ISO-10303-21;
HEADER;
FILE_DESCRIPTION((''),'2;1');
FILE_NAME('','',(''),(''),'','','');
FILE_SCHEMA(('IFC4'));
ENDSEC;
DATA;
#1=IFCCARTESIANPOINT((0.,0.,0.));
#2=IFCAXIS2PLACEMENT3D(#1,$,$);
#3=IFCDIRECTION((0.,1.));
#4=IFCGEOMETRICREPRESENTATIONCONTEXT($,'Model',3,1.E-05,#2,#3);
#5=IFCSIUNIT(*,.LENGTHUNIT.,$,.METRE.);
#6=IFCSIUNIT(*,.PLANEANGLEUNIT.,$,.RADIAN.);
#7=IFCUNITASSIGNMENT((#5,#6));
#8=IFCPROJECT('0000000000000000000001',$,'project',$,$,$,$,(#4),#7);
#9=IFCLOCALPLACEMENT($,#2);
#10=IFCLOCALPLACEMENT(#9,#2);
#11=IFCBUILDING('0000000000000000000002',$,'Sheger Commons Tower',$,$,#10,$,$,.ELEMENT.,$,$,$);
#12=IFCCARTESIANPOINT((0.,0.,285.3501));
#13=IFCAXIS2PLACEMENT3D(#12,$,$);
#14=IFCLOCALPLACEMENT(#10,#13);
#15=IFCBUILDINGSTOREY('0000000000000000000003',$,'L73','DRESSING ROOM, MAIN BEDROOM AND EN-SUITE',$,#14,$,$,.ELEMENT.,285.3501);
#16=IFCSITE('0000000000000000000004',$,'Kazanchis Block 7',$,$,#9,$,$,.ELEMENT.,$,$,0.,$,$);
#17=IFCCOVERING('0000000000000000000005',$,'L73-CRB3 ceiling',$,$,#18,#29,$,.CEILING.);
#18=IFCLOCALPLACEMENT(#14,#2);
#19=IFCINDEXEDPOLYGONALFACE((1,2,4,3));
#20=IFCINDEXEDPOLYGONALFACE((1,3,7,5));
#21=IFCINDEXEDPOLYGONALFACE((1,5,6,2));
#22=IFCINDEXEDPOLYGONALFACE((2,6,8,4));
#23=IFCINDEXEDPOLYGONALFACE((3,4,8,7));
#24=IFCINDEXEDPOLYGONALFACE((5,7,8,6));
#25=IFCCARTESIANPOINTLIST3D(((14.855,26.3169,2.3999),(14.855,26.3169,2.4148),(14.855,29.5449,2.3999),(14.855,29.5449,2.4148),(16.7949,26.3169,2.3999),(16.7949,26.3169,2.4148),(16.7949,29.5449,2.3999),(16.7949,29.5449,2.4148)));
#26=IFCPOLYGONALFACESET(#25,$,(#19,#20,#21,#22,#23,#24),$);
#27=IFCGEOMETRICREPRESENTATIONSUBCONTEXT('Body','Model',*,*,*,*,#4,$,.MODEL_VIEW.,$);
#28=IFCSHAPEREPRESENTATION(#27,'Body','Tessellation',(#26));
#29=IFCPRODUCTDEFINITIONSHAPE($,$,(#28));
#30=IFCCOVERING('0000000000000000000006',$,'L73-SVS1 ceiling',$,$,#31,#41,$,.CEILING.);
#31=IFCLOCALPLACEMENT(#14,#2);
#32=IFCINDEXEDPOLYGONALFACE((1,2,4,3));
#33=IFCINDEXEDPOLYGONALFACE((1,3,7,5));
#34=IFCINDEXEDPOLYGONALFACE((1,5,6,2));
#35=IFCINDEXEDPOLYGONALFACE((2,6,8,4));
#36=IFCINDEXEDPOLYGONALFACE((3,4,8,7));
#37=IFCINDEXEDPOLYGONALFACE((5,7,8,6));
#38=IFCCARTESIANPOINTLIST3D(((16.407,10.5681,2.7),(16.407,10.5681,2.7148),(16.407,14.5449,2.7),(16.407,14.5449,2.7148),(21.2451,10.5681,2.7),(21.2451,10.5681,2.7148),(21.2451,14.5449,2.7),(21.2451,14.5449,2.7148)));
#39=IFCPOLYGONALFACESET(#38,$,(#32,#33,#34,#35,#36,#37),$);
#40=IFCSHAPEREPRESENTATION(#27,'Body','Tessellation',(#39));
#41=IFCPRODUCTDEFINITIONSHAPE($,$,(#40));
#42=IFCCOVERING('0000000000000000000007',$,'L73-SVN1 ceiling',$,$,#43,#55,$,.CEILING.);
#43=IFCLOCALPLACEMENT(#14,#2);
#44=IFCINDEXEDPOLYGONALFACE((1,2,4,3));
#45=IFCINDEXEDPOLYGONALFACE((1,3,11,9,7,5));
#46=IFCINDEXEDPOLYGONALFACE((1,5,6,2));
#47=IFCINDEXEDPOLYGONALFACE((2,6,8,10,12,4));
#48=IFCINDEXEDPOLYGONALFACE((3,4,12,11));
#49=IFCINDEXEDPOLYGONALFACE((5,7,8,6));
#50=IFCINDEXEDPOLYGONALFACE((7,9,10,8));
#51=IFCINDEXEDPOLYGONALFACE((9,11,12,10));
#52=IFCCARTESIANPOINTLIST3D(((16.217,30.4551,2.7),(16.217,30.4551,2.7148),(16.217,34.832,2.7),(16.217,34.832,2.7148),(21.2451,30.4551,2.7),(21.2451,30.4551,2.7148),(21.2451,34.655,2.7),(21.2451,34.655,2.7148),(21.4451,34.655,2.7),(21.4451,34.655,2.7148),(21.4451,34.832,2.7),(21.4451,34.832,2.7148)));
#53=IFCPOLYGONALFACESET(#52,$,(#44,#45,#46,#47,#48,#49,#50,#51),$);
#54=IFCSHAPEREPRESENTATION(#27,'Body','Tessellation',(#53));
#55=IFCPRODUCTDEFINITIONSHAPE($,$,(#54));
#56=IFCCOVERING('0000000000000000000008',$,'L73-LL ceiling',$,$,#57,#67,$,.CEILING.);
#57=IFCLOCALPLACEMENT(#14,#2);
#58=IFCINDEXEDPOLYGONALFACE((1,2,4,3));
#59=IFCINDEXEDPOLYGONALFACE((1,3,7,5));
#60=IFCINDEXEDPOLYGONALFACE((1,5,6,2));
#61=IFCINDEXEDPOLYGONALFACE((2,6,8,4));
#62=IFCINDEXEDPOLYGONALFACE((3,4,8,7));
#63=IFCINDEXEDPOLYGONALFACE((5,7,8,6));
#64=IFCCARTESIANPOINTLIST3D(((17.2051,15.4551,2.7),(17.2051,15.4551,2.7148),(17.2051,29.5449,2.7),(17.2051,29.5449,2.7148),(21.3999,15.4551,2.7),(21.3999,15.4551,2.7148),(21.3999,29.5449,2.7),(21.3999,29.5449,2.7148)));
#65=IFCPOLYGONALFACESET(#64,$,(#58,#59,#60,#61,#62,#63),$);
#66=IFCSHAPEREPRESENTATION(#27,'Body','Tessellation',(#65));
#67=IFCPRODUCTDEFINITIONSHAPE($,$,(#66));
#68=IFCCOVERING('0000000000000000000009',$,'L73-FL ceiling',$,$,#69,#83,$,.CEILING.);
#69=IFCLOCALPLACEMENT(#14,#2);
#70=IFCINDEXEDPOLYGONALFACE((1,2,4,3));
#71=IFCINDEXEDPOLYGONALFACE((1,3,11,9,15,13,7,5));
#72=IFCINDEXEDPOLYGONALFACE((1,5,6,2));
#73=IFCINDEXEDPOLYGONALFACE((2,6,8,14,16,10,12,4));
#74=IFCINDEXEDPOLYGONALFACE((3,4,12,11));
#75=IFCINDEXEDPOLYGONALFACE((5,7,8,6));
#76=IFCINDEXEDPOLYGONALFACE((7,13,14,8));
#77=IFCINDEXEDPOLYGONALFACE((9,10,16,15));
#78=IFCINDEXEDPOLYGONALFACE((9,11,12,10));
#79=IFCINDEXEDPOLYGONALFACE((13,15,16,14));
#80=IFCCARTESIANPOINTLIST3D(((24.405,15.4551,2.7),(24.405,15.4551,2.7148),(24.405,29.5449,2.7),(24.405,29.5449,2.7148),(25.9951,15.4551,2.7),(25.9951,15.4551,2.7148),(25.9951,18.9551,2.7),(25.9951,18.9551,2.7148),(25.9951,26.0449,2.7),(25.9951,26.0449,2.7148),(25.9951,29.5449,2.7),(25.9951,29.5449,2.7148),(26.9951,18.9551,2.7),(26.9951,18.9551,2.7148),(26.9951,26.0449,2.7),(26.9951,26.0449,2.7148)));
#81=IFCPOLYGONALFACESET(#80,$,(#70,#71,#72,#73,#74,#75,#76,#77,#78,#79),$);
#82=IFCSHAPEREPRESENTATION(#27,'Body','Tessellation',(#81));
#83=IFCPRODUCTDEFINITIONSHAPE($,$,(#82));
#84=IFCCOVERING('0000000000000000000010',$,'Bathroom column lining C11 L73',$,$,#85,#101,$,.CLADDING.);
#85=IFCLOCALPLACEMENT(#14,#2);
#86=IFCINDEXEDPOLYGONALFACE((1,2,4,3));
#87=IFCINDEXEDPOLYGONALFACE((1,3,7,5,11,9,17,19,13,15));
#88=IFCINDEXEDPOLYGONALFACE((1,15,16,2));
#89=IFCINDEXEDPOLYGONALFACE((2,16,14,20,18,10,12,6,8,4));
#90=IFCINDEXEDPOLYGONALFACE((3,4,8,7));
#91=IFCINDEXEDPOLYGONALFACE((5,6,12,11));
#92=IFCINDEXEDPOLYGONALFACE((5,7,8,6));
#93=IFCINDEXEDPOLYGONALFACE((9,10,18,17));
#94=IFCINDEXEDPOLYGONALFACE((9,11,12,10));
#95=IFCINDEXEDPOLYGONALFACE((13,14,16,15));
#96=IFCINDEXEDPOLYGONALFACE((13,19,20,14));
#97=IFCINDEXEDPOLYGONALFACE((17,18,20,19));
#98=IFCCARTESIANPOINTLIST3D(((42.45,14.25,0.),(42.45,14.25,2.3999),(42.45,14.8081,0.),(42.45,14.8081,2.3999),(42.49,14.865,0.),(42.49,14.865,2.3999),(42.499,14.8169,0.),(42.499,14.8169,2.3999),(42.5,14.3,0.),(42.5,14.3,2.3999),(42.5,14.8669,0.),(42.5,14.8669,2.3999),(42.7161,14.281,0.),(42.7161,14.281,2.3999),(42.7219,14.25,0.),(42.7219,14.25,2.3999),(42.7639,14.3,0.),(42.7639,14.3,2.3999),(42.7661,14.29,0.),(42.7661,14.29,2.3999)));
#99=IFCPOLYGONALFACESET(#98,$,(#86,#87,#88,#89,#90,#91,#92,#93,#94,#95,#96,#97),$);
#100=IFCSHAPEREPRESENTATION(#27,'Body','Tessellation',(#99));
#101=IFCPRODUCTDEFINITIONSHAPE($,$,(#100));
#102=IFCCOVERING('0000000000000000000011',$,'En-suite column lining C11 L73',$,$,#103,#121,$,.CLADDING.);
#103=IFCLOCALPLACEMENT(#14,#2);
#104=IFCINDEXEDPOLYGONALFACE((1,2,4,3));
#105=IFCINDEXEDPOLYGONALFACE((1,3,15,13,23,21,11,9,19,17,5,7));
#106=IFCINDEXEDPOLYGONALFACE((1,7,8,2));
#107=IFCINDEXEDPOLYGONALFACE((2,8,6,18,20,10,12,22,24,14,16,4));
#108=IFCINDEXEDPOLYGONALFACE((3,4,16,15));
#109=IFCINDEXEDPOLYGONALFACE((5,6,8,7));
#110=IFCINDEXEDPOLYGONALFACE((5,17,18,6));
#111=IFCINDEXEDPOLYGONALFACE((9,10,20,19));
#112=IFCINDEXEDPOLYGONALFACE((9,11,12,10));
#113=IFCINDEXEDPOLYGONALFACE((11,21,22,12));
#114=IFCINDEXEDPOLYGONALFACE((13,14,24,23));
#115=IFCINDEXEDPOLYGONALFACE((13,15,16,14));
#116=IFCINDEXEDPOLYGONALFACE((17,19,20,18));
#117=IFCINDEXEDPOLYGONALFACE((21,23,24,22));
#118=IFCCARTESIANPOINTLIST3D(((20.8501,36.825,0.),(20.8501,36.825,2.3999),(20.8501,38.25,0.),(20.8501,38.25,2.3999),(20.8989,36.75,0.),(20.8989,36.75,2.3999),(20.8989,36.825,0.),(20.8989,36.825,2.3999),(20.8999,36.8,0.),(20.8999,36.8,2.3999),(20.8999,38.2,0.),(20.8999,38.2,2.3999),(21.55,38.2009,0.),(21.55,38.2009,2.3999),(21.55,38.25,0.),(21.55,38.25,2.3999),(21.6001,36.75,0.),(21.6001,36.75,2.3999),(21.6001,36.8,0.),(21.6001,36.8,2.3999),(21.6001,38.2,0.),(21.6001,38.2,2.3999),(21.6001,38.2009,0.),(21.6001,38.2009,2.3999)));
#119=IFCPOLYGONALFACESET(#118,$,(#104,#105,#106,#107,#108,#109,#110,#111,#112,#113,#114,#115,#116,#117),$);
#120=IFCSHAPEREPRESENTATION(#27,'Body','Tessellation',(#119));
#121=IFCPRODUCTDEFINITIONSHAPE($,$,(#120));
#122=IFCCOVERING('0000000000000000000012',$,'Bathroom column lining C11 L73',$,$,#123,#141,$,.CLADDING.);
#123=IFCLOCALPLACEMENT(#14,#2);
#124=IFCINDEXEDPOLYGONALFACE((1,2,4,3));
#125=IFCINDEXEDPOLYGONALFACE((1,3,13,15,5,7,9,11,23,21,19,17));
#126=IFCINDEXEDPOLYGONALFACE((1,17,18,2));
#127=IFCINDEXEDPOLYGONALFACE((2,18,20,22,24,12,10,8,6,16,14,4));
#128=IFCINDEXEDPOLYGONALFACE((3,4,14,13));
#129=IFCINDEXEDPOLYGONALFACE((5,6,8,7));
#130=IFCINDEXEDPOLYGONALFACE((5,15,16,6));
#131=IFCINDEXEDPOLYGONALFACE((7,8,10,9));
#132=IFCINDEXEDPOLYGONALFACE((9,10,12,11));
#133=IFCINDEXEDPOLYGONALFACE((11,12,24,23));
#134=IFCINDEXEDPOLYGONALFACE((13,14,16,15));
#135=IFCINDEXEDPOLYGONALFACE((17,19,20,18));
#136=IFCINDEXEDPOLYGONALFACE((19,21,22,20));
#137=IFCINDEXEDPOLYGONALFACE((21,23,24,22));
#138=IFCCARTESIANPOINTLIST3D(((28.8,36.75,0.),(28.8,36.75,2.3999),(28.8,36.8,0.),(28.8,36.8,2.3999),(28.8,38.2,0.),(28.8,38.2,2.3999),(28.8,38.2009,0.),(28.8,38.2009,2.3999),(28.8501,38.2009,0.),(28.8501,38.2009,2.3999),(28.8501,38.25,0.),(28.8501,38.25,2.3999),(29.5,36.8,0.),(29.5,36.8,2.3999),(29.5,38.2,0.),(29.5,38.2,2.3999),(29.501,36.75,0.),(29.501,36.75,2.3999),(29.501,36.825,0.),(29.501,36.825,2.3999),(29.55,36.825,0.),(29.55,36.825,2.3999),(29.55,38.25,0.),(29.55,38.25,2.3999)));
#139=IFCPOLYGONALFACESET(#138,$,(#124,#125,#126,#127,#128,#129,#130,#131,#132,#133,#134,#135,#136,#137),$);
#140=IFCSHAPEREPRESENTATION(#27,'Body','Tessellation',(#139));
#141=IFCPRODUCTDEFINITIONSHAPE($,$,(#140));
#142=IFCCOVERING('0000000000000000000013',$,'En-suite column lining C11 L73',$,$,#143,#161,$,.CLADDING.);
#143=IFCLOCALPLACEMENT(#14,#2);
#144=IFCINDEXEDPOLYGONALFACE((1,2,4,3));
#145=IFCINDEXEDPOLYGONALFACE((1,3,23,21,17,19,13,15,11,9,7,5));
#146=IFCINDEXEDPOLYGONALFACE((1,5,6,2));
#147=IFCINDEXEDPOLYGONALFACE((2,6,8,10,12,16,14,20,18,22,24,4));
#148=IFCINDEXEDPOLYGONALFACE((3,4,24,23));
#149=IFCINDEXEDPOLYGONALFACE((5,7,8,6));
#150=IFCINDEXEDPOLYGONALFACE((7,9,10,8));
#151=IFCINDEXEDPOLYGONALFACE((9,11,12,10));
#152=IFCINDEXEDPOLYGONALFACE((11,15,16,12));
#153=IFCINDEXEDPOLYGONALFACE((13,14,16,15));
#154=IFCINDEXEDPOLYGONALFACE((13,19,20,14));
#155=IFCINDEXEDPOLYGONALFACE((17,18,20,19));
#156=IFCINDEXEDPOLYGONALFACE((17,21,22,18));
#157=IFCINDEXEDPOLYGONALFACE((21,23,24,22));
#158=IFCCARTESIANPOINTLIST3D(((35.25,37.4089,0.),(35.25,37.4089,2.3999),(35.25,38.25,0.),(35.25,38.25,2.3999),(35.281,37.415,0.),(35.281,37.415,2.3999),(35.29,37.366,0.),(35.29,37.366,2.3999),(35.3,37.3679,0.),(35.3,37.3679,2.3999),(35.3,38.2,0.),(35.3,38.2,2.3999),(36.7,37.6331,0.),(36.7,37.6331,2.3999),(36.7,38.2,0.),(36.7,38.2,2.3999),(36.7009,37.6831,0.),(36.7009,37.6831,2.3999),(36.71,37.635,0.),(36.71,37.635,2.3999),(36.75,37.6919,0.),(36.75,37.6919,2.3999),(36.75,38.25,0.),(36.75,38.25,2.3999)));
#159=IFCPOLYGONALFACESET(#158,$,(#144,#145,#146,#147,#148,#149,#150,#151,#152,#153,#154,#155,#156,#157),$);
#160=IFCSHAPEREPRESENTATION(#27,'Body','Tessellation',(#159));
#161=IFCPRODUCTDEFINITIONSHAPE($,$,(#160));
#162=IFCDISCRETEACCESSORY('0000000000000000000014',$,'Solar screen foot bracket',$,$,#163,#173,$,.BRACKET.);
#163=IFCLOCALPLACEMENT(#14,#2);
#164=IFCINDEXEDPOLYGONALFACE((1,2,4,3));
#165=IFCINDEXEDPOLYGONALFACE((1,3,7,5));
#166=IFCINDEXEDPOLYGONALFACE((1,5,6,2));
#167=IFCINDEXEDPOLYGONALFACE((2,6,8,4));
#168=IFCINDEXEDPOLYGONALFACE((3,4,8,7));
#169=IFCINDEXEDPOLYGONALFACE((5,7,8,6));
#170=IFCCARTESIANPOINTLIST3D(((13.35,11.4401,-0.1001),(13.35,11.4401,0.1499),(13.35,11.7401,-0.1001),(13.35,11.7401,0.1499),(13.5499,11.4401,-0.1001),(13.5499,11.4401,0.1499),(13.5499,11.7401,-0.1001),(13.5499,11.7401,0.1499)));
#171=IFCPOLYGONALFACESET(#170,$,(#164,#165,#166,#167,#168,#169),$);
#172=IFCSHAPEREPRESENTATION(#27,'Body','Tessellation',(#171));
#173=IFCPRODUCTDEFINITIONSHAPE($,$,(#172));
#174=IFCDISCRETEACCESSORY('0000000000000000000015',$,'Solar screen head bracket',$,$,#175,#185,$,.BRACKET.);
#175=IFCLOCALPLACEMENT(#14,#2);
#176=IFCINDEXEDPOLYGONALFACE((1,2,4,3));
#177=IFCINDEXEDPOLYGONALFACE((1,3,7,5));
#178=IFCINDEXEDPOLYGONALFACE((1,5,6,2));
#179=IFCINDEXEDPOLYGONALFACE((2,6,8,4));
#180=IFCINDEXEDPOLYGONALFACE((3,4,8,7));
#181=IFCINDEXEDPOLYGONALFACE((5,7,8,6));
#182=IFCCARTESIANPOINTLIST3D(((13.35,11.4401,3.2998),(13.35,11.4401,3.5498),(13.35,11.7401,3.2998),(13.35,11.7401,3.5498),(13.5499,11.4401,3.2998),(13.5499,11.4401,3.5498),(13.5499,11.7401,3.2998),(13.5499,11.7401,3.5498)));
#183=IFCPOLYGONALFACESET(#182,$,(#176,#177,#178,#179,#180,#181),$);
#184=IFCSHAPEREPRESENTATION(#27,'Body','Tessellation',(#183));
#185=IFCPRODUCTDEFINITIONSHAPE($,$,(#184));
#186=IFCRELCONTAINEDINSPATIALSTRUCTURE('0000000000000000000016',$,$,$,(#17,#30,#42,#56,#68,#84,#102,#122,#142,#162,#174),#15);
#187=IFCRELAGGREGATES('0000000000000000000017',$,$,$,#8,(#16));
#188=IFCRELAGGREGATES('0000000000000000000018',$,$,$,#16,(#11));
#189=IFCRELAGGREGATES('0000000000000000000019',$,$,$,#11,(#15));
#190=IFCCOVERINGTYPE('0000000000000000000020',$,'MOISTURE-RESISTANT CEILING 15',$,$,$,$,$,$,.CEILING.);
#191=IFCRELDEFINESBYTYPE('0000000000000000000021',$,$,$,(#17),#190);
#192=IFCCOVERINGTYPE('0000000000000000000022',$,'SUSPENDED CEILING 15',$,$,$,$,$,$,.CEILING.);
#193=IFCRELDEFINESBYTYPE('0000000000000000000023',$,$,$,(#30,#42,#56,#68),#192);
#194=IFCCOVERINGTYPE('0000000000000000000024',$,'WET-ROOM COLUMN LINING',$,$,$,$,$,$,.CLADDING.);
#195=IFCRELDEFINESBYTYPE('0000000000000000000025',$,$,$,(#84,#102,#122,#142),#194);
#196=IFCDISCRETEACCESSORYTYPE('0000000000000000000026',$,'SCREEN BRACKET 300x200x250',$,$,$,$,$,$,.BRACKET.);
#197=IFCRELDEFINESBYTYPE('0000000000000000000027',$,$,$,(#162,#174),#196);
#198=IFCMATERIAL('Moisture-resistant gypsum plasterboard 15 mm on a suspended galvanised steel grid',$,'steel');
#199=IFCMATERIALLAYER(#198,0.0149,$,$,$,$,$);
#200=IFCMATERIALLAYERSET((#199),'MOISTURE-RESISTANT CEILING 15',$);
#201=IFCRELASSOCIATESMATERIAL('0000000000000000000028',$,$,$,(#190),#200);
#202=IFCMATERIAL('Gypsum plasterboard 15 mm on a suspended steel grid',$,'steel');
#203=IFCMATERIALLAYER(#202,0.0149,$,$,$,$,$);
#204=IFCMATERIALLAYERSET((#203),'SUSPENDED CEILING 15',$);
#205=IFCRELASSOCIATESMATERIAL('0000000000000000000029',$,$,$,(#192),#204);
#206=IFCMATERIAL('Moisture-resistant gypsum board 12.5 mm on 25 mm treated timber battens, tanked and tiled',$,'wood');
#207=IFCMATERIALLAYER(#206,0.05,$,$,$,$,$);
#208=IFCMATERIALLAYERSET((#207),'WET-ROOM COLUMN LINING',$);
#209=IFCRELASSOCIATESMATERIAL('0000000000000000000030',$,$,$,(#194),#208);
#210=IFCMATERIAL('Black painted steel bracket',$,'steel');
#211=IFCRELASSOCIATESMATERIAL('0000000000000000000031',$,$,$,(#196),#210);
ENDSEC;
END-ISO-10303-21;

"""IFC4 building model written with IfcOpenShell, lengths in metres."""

from ifc_helpers import new_model, si_unit, direction, frame, origin, origin_2d, place, context, subcontext, project, spatial, polyline, rectangle, outline, extrude, material, layer, layer_set, type_object, element, save


model = new_model("IFC4")

# Units and contexts
model_context = context("Model", 3, precision=1e-05, world=origin(), true_north=direction((0.0, 1.0)))
body_context = subcontext(model_context, "Body", "Model", "MODEL_VIEW")
ifc_project = project(units=[si_unit("LENGTHUNIT", "METRE"), si_unit("PLANEANGLEUNIT", "RADIAN")], contexts=[model_context])

# Site, building, storey
site_placement = place(None, origin())
site = spatial("IfcSite", under=ifc_project, at=site_placement, Name="Kazanchis Block 7", CompositionType="ELEMENT", RefElevation=0.0)
building_placement = place(site_placement, origin())
building = spatial("IfcBuilding", under=site, at=building_placement, Name="Sheger Commons Tower", CompositionType="ELEMENT")
storey_placement = place(building_placement, frame((0.0, 0.0, 285.3501)))
storey = spatial("IfcBuildingStorey", under=building, at=storey_placement, Name="L73", Description="DRESSING ROOM, MAIN BEDROOM AND EN-SUITE", CompositionType="ELEMENT", Elevation=285.3501)

# Coverings
ifc_material_1 = material(Name="Moisture-resistant gypsum plasterboard 15 mm on a suspended galvanised steel grid", Category="steel")
ifc_layer_1 = layer(ifc_material_1, 0.0149)
ifc_layer_set_1 = layer_set([ifc_layer_1], Name="MOISTURE-RESISTANT CEILING 15")
covering_type_1 = type_object("IfcCoveringType", Name="MOISTURE-RESISTANT CEILING 15", PredefinedType="CEILING", material=ifc_layer_set_1)
covering_1_placement = place(storey_placement, frame((0.0, 0.0, 2.3999)))
element("IfcCovering", 1, at=covering_1_placement, inside=storey, type_object=covering_type_1, Name="L73-CRB3 ceiling", PredefinedType="CEILING", context=body_context, shape_type="SweptSolid", body=[
    extrude(outline(polyline([(14.855, 26.3169), (16.7949, 26.3169), (16.7949, 29.5449), (14.855, 29.5449), (14.855, 26.3169)])), origin(), (0.0, 0.0, 1.0), 0.0149),
])
ifc_material_2 = material(Name="Gypsum plasterboard 15 mm on a suspended steel grid", Category="steel")
ifc_layer_2 = layer(ifc_material_2, 0.0149)
ifc_layer_set_2 = layer_set([ifc_layer_2], Name="SUSPENDED CEILING 15")
covering_type_2 = type_object("IfcCoveringType", Name="SUSPENDED CEILING 15", PredefinedType="CEILING", material=ifc_layer_set_2)
covering_2_placement = place(storey_placement, frame((0.0, 0.0, 2.7)))
element("IfcCovering", 2, at=covering_2_placement, inside=storey, type_object=covering_type_2, Name="L73-SVS1 ceiling", PredefinedType="CEILING", context=body_context, shape_type="SweptSolid", body=[
    extrude(outline(polyline([(16.407, 10.5681), (21.2451, 10.5681), (21.2451, 14.5449), (16.407, 14.5449), (16.407, 10.5681)])), origin(), (0.0, 0.0, 1.0), 0.0149),
])
covering_3_placement = place(storey_placement, frame((0.0, 0.0, 2.7)))
element("IfcCovering", 3, at=covering_3_placement, inside=storey, type_object=covering_type_2, Name="L73-SVN1 ceiling", PredefinedType="CEILING", context=body_context, shape_type="SweptSolid", body=[
    extrude(outline(polyline([(16.217, 30.4551), (21.2451, 30.4551), (21.2451, 34.655), (21.4451, 34.655), (21.4451, 34.832), (16.217, 34.832), (16.217, 30.4551)])), origin(), (0.0, 0.0, 1.0), 0.0149),
])
covering_4_placement = place(storey_placement, frame((0.0, 0.0, 2.7)))
element("IfcCovering", 4, at=covering_4_placement, inside=storey, type_object=covering_type_2, Name="L73-LL ceiling", PredefinedType="CEILING", context=body_context, shape_type="SweptSolid", body=[
    extrude(outline(polyline([(17.2051, 15.4551), (21.3999, 15.4551), (21.3999, 29.5449), (17.2051, 29.5449), (17.2051, 15.4551)])), origin(), (0.0, 0.0, 1.0), 0.0149),
])
covering_5_placement = place(storey_placement, frame((0.0, 0.0, 2.7)))
element("IfcCovering", 5, at=covering_5_placement, inside=storey, type_object=covering_type_2, Name="L73-FL ceiling", PredefinedType="CEILING", context=body_context, shape_type="SweptSolid", body=[
    extrude(outline(polyline([(24.405, 15.4551), (25.9951, 15.4551), (25.9951, 18.9551), (26.9951, 18.9551), (26.9951, 26.0449), (25.9951, 26.0449), (25.9951, 29.5449), (24.405, 29.5449), (24.405, 15.4551)])), origin(), (0.0, 0.0, 1.0), 0.0149),
])
ifc_material_3 = material(Name="Moisture-resistant gypsum board 12.5 mm on 25 mm treated timber battens, tanked and tiled", Category="wood")
ifc_layer_3 = layer(ifc_material_3, 0.05)
ifc_layer_set_3 = layer_set([ifc_layer_3], Name="WET-ROOM COLUMN LINING")
covering_type_3 = type_object("IfcCoveringType", Name="WET-ROOM COLUMN LINING", PredefinedType="CLADDING", material=ifc_layer_set_3)
covering_6_placement = place(storey_placement, origin())
element("IfcCovering", 6, at=covering_6_placement, inside=storey, type_object=covering_type_3, Name="Bathroom column lining C11 L73", PredefinedType="CLADDING", context=body_context, shape_type="SweptSolid", body=[
    extrude(outline(polyline([(42.5, 14.8669), (42.5, 14.3), (42.7639, 14.3), (42.7661, 14.29), (42.7161, 14.281), (42.7219, 14.25), (42.45, 14.25), (42.45, 14.8081), (42.499, 14.8169), (42.49, 14.865), (42.5, 14.8669)])), origin(), (0.0, 0.0, 1.0), 2.3999),
])
covering_7_placement = place(storey_placement, origin())
element("IfcCovering", 7, at=covering_7_placement, inside=storey, type_object=covering_type_3, Name="En-suite column lining C11 L73", PredefinedType="CLADDING", context=body_context, shape_type="SweptSolid", body=[
    extrude(outline(polyline([(21.55, 38.25), (21.55, 38.2009), (21.6001, 38.2009), (21.6001, 38.2), (20.8999, 38.2), (20.8999, 36.8), (21.6001, 36.8), (21.6001, 36.75), (20.8989, 36.75), (20.8989, 36.825), (20.8501, 36.825), (20.8501, 38.25), (21.55, 38.25)])), origin(), (0.0, 0.0, 1.0), 2.3999),
])
covering_8_placement = place(storey_placement, origin())
element("IfcCovering", 8, at=covering_8_placement, inside=storey, type_object=covering_type_3, Name="Bathroom column lining C11 L73", PredefinedType="CLADDING", context=body_context, shape_type="SweptSolid", body=[
    extrude(outline(polyline([(29.55, 36.825), (29.501, 36.825), (29.501, 36.75), (28.8, 36.75), (28.8, 36.8), (29.5, 36.8), (29.5, 38.2), (28.8, 38.2), (28.8, 38.2009), (28.8501, 38.2009), (28.8501, 38.25), (29.55, 38.25), (29.55, 36.825)])), origin(), (0.0, 0.0, 1.0), 2.3999),
])
covering_9_placement = place(storey_placement, origin())
element("IfcCovering", 9, at=covering_9_placement, inside=storey, type_object=covering_type_3, Name="En-suite column lining C11 L73", PredefinedType="CLADDING", context=body_context, shape_type="SweptSolid", body=[
    extrude(outline(polyline([(36.75, 38.25), (36.75, 37.6919), (36.7009, 37.6831), (36.71, 37.635), (36.7, 37.6331), (36.7, 38.2), (35.3, 38.2), (35.3, 37.3679), (35.29, 37.366), (35.281, 37.415), (35.25, 37.4089), (35.25, 38.25), (36.75, 38.25)])), origin(), (0.0, 0.0, 1.0), 2.3999),
])

# Discrete accessories
ifc_material_4 = material(Name="Black painted steel bracket", Category="steel")
discrete_accessory_type = type_object("IfcDiscreteAccessoryType", Name="SCREEN BRACKET 300x200x250", PredefinedType="BRACKET", material=ifc_material_4)
for number, where, z_axis, x_axis, name in (
    (10, (13.45, 11.5901, -0.1001), (0.0, 0.0, 1.0), (0.0, -1.0, 0.0), "Solar screen foot bracket"),
    (11, (13.45, 11.5901, 3.2998), (0.0, 0.0, 1.0), (0.0, -1.0, 0.0), "Solar screen head bracket"),
):
    element("IfcDiscreteAccessory", number, at=place(storey_placement, frame(where, z_axis=z_axis, x_axis=x_axis)), inside=storey, type_object=discrete_accessory_type, Name=name, PredefinedType="BRACKET", context=body_context, shape_type="SweptSolid", body=[
        extrude(rectangle(XDim=0.3, YDim=0.2, at=origin_2d()), origin(), (0.0, 0.0, 1.0), 0.25),
    ])

save(model, "model.ifc")
